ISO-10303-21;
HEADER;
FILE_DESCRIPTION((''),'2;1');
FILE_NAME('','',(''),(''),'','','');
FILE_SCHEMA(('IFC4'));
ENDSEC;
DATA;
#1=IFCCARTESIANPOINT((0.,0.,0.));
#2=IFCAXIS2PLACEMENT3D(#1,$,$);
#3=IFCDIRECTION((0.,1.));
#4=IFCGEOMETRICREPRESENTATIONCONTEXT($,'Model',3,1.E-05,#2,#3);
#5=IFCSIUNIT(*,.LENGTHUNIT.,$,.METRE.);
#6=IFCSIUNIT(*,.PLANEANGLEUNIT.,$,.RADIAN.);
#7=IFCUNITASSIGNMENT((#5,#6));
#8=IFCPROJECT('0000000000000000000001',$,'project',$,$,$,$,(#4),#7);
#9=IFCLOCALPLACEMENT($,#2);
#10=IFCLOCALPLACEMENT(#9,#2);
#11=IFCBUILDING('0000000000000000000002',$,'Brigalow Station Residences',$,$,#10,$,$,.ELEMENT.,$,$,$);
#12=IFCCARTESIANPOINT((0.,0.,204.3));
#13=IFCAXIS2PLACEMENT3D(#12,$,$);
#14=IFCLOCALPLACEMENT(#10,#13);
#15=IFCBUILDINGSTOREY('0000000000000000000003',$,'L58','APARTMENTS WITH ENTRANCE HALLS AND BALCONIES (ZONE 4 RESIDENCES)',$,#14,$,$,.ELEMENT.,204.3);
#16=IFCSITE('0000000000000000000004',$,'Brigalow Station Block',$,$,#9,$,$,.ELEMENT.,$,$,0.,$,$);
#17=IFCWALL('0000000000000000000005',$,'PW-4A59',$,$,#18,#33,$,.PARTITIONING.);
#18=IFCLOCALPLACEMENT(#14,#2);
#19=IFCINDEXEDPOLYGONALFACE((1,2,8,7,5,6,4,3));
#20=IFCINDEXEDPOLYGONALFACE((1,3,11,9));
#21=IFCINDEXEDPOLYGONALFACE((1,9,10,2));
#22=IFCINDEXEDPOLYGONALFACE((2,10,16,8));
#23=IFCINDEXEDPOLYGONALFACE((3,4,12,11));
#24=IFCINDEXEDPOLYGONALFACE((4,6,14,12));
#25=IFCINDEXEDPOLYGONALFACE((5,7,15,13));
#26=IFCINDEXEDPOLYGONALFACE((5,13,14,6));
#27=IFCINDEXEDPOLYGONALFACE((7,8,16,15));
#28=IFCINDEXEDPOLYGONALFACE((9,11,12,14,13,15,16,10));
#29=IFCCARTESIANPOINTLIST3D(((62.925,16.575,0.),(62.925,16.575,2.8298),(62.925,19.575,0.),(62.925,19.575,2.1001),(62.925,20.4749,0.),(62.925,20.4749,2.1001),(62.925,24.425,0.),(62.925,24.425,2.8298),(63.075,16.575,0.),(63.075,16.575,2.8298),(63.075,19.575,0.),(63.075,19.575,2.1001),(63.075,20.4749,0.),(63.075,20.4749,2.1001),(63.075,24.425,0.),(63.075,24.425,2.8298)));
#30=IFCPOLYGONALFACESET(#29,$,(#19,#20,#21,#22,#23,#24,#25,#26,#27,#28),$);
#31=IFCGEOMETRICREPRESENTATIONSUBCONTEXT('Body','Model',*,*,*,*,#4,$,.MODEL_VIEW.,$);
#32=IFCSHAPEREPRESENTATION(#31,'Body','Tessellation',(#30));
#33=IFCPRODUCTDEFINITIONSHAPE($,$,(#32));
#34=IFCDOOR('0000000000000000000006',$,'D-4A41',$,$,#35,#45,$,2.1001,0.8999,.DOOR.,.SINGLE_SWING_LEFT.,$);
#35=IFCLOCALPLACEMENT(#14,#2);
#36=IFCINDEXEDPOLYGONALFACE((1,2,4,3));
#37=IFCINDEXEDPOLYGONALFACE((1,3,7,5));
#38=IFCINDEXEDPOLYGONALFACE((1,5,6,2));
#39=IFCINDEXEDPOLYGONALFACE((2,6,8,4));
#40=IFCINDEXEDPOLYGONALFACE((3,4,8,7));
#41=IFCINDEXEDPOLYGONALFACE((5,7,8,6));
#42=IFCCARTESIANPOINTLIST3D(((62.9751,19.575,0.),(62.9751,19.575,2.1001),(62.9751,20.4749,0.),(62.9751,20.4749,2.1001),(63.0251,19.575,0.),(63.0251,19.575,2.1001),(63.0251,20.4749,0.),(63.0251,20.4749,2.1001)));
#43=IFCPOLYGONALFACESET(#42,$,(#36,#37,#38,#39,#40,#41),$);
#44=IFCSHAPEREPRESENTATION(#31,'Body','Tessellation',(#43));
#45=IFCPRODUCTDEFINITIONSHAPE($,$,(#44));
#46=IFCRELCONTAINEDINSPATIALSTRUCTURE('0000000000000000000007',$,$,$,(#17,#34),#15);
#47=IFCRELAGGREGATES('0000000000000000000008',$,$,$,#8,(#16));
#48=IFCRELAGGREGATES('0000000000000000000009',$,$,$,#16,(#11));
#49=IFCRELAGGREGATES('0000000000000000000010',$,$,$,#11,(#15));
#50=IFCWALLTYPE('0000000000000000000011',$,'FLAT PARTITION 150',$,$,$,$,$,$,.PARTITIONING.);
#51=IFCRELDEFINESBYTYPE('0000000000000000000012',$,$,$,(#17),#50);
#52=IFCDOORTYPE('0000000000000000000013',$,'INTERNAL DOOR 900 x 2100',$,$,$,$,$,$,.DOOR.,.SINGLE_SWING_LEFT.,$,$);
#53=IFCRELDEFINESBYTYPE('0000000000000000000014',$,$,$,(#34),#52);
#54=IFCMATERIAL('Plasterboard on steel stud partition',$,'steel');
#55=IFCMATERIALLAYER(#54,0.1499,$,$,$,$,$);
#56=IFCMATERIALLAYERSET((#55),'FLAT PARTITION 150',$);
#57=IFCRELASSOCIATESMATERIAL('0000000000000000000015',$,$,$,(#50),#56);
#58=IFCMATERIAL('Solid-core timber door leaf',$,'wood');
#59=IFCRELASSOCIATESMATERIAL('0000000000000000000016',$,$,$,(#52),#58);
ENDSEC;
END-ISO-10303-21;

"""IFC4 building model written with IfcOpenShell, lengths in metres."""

from ifc_helpers import new_model, si_unit, direction, frame, frame_2d, origin, place, context, subcontext, project, spatial, rectangle, extrude, material, layer, layer_set, type_object, element, fill, save


model = new_model("IFC4")

# Units and contexts
model_context = context("Model", 3, precision=1e-05, world=origin(), true_north=direction((0.0, 1.0)))
body_context = subcontext(model_context, "Body", "Model", "MODEL_VIEW")
ifc_project = project(units=[si_unit("LENGTHUNIT", "METRE"), si_unit("PLANEANGLEUNIT", "RADIAN")], contexts=[model_context])

# Site, building, storey
site_placement = place(None, origin())
site = spatial("IfcSite", under=ifc_project, at=site_placement, Name="Brigalow Station Block", CompositionType="ELEMENT", RefElevation=0.0)
building_placement = place(site_placement, origin())
building = spatial("IfcBuilding", under=site, at=building_placement, Name="Brigalow Station Residences", CompositionType="ELEMENT")
storey_placement = place(building_placement, frame((0.0, 0.0, 204.3)))
storey = spatial("IfcBuildingStorey", under=building, at=storey_placement, Name="L58", Description="APARTMENTS WITH ENTRANCE HALLS AND BALCONIES (ZONE 4 RESIDENCES)", CompositionType="ELEMENT", Elevation=204.3)

# Wall, opening, door
ifc_material_1 = material(Name="Plasterboard on steel stud partition", Category="steel")
ifc_layer_1 = layer(ifc_material_1, 0.1499)
ifc_layer_set_1 = layer_set([ifc_layer_1], Name="FLAT PARTITION 150")
wall_type_1 = type_object("IfcWallType", Name="FLAT PARTITION 150", PredefinedType="PARTITIONING", material=ifc_layer_set_1)
wall_1_placement = place(storey_placement, frame((63.0, 16.575, 0.0), z_axis=(0.0, 0.0, 1.0), x_axis=(0.0, 1.0, 0.0)))
wall_1 = element("IfcWall", 1, at=wall_1_placement, inside=storey, type_object=wall_type_1, Name="PW-4A59", PredefinedType="PARTITIONING", context=body_context, shape_type="SweptSolid", body=[
    extrude(rectangle(XDim=7.8501, YDim=0.1499, at=frame_2d((3.925, 0.0))), origin(), (0.0, 0.0, 1.0), 2.8298),
])
opening_1_placement = place(wall_1_placement, frame((3.0, 0.0, 0.0)))
opening_1 = element("IfcOpeningElement", 2, at=opening_1_placement, cuts=wall_1, PredefinedType="OPENING", context=body_context, shape_type="SweptSolid", body=[
    extrude(rectangle(XDim=0.8999, YDim=2.1001, at=frame_2d((0.45, 1.05))), frame((0.0, 0.085, 0.0), z_axis=(0.0, -1.0, 0.0), x_axis=(1.0, 0.0, 0.0)), (0.0, 0.0, 1.0), 0.1699),
])
ifc_material_2 = material(Name="Solid-core timber door leaf", Category="wood")
door_type_1 = type_object("IfcDoorType", Name="INTERNAL DOOR 900 x 2100", OperationType="SINGLE_SWING_LEFT", PredefinedType="DOOR", material=ifc_material_2)
door_1_placement = place(opening_1_placement, origin())
door_1 = element("IfcDoor", 3, at=door_1_placement, inside=storey, type_object=door_type_1, Name="D-4A41", OperationType="SINGLE_SWING_LEFT", OverallHeight=2.1001, OverallWidth=0.8999, PredefinedType="DOOR", context=body_context, shape_type="SweptSolid", body=[
    extrude(rectangle(XDim=0.8999, YDim=2.1001, at=frame_2d((0.45, 1.05))), frame((0.0, 0.0249, 0.0), z_axis=(0.0, -1.0, 0.0), x_axis=(1.0, 0.0, 0.0)), (0.0, 0.0, 1.0), 0.05),
])
fill(opening_1, door_1)

save(model, "model.ifc")
